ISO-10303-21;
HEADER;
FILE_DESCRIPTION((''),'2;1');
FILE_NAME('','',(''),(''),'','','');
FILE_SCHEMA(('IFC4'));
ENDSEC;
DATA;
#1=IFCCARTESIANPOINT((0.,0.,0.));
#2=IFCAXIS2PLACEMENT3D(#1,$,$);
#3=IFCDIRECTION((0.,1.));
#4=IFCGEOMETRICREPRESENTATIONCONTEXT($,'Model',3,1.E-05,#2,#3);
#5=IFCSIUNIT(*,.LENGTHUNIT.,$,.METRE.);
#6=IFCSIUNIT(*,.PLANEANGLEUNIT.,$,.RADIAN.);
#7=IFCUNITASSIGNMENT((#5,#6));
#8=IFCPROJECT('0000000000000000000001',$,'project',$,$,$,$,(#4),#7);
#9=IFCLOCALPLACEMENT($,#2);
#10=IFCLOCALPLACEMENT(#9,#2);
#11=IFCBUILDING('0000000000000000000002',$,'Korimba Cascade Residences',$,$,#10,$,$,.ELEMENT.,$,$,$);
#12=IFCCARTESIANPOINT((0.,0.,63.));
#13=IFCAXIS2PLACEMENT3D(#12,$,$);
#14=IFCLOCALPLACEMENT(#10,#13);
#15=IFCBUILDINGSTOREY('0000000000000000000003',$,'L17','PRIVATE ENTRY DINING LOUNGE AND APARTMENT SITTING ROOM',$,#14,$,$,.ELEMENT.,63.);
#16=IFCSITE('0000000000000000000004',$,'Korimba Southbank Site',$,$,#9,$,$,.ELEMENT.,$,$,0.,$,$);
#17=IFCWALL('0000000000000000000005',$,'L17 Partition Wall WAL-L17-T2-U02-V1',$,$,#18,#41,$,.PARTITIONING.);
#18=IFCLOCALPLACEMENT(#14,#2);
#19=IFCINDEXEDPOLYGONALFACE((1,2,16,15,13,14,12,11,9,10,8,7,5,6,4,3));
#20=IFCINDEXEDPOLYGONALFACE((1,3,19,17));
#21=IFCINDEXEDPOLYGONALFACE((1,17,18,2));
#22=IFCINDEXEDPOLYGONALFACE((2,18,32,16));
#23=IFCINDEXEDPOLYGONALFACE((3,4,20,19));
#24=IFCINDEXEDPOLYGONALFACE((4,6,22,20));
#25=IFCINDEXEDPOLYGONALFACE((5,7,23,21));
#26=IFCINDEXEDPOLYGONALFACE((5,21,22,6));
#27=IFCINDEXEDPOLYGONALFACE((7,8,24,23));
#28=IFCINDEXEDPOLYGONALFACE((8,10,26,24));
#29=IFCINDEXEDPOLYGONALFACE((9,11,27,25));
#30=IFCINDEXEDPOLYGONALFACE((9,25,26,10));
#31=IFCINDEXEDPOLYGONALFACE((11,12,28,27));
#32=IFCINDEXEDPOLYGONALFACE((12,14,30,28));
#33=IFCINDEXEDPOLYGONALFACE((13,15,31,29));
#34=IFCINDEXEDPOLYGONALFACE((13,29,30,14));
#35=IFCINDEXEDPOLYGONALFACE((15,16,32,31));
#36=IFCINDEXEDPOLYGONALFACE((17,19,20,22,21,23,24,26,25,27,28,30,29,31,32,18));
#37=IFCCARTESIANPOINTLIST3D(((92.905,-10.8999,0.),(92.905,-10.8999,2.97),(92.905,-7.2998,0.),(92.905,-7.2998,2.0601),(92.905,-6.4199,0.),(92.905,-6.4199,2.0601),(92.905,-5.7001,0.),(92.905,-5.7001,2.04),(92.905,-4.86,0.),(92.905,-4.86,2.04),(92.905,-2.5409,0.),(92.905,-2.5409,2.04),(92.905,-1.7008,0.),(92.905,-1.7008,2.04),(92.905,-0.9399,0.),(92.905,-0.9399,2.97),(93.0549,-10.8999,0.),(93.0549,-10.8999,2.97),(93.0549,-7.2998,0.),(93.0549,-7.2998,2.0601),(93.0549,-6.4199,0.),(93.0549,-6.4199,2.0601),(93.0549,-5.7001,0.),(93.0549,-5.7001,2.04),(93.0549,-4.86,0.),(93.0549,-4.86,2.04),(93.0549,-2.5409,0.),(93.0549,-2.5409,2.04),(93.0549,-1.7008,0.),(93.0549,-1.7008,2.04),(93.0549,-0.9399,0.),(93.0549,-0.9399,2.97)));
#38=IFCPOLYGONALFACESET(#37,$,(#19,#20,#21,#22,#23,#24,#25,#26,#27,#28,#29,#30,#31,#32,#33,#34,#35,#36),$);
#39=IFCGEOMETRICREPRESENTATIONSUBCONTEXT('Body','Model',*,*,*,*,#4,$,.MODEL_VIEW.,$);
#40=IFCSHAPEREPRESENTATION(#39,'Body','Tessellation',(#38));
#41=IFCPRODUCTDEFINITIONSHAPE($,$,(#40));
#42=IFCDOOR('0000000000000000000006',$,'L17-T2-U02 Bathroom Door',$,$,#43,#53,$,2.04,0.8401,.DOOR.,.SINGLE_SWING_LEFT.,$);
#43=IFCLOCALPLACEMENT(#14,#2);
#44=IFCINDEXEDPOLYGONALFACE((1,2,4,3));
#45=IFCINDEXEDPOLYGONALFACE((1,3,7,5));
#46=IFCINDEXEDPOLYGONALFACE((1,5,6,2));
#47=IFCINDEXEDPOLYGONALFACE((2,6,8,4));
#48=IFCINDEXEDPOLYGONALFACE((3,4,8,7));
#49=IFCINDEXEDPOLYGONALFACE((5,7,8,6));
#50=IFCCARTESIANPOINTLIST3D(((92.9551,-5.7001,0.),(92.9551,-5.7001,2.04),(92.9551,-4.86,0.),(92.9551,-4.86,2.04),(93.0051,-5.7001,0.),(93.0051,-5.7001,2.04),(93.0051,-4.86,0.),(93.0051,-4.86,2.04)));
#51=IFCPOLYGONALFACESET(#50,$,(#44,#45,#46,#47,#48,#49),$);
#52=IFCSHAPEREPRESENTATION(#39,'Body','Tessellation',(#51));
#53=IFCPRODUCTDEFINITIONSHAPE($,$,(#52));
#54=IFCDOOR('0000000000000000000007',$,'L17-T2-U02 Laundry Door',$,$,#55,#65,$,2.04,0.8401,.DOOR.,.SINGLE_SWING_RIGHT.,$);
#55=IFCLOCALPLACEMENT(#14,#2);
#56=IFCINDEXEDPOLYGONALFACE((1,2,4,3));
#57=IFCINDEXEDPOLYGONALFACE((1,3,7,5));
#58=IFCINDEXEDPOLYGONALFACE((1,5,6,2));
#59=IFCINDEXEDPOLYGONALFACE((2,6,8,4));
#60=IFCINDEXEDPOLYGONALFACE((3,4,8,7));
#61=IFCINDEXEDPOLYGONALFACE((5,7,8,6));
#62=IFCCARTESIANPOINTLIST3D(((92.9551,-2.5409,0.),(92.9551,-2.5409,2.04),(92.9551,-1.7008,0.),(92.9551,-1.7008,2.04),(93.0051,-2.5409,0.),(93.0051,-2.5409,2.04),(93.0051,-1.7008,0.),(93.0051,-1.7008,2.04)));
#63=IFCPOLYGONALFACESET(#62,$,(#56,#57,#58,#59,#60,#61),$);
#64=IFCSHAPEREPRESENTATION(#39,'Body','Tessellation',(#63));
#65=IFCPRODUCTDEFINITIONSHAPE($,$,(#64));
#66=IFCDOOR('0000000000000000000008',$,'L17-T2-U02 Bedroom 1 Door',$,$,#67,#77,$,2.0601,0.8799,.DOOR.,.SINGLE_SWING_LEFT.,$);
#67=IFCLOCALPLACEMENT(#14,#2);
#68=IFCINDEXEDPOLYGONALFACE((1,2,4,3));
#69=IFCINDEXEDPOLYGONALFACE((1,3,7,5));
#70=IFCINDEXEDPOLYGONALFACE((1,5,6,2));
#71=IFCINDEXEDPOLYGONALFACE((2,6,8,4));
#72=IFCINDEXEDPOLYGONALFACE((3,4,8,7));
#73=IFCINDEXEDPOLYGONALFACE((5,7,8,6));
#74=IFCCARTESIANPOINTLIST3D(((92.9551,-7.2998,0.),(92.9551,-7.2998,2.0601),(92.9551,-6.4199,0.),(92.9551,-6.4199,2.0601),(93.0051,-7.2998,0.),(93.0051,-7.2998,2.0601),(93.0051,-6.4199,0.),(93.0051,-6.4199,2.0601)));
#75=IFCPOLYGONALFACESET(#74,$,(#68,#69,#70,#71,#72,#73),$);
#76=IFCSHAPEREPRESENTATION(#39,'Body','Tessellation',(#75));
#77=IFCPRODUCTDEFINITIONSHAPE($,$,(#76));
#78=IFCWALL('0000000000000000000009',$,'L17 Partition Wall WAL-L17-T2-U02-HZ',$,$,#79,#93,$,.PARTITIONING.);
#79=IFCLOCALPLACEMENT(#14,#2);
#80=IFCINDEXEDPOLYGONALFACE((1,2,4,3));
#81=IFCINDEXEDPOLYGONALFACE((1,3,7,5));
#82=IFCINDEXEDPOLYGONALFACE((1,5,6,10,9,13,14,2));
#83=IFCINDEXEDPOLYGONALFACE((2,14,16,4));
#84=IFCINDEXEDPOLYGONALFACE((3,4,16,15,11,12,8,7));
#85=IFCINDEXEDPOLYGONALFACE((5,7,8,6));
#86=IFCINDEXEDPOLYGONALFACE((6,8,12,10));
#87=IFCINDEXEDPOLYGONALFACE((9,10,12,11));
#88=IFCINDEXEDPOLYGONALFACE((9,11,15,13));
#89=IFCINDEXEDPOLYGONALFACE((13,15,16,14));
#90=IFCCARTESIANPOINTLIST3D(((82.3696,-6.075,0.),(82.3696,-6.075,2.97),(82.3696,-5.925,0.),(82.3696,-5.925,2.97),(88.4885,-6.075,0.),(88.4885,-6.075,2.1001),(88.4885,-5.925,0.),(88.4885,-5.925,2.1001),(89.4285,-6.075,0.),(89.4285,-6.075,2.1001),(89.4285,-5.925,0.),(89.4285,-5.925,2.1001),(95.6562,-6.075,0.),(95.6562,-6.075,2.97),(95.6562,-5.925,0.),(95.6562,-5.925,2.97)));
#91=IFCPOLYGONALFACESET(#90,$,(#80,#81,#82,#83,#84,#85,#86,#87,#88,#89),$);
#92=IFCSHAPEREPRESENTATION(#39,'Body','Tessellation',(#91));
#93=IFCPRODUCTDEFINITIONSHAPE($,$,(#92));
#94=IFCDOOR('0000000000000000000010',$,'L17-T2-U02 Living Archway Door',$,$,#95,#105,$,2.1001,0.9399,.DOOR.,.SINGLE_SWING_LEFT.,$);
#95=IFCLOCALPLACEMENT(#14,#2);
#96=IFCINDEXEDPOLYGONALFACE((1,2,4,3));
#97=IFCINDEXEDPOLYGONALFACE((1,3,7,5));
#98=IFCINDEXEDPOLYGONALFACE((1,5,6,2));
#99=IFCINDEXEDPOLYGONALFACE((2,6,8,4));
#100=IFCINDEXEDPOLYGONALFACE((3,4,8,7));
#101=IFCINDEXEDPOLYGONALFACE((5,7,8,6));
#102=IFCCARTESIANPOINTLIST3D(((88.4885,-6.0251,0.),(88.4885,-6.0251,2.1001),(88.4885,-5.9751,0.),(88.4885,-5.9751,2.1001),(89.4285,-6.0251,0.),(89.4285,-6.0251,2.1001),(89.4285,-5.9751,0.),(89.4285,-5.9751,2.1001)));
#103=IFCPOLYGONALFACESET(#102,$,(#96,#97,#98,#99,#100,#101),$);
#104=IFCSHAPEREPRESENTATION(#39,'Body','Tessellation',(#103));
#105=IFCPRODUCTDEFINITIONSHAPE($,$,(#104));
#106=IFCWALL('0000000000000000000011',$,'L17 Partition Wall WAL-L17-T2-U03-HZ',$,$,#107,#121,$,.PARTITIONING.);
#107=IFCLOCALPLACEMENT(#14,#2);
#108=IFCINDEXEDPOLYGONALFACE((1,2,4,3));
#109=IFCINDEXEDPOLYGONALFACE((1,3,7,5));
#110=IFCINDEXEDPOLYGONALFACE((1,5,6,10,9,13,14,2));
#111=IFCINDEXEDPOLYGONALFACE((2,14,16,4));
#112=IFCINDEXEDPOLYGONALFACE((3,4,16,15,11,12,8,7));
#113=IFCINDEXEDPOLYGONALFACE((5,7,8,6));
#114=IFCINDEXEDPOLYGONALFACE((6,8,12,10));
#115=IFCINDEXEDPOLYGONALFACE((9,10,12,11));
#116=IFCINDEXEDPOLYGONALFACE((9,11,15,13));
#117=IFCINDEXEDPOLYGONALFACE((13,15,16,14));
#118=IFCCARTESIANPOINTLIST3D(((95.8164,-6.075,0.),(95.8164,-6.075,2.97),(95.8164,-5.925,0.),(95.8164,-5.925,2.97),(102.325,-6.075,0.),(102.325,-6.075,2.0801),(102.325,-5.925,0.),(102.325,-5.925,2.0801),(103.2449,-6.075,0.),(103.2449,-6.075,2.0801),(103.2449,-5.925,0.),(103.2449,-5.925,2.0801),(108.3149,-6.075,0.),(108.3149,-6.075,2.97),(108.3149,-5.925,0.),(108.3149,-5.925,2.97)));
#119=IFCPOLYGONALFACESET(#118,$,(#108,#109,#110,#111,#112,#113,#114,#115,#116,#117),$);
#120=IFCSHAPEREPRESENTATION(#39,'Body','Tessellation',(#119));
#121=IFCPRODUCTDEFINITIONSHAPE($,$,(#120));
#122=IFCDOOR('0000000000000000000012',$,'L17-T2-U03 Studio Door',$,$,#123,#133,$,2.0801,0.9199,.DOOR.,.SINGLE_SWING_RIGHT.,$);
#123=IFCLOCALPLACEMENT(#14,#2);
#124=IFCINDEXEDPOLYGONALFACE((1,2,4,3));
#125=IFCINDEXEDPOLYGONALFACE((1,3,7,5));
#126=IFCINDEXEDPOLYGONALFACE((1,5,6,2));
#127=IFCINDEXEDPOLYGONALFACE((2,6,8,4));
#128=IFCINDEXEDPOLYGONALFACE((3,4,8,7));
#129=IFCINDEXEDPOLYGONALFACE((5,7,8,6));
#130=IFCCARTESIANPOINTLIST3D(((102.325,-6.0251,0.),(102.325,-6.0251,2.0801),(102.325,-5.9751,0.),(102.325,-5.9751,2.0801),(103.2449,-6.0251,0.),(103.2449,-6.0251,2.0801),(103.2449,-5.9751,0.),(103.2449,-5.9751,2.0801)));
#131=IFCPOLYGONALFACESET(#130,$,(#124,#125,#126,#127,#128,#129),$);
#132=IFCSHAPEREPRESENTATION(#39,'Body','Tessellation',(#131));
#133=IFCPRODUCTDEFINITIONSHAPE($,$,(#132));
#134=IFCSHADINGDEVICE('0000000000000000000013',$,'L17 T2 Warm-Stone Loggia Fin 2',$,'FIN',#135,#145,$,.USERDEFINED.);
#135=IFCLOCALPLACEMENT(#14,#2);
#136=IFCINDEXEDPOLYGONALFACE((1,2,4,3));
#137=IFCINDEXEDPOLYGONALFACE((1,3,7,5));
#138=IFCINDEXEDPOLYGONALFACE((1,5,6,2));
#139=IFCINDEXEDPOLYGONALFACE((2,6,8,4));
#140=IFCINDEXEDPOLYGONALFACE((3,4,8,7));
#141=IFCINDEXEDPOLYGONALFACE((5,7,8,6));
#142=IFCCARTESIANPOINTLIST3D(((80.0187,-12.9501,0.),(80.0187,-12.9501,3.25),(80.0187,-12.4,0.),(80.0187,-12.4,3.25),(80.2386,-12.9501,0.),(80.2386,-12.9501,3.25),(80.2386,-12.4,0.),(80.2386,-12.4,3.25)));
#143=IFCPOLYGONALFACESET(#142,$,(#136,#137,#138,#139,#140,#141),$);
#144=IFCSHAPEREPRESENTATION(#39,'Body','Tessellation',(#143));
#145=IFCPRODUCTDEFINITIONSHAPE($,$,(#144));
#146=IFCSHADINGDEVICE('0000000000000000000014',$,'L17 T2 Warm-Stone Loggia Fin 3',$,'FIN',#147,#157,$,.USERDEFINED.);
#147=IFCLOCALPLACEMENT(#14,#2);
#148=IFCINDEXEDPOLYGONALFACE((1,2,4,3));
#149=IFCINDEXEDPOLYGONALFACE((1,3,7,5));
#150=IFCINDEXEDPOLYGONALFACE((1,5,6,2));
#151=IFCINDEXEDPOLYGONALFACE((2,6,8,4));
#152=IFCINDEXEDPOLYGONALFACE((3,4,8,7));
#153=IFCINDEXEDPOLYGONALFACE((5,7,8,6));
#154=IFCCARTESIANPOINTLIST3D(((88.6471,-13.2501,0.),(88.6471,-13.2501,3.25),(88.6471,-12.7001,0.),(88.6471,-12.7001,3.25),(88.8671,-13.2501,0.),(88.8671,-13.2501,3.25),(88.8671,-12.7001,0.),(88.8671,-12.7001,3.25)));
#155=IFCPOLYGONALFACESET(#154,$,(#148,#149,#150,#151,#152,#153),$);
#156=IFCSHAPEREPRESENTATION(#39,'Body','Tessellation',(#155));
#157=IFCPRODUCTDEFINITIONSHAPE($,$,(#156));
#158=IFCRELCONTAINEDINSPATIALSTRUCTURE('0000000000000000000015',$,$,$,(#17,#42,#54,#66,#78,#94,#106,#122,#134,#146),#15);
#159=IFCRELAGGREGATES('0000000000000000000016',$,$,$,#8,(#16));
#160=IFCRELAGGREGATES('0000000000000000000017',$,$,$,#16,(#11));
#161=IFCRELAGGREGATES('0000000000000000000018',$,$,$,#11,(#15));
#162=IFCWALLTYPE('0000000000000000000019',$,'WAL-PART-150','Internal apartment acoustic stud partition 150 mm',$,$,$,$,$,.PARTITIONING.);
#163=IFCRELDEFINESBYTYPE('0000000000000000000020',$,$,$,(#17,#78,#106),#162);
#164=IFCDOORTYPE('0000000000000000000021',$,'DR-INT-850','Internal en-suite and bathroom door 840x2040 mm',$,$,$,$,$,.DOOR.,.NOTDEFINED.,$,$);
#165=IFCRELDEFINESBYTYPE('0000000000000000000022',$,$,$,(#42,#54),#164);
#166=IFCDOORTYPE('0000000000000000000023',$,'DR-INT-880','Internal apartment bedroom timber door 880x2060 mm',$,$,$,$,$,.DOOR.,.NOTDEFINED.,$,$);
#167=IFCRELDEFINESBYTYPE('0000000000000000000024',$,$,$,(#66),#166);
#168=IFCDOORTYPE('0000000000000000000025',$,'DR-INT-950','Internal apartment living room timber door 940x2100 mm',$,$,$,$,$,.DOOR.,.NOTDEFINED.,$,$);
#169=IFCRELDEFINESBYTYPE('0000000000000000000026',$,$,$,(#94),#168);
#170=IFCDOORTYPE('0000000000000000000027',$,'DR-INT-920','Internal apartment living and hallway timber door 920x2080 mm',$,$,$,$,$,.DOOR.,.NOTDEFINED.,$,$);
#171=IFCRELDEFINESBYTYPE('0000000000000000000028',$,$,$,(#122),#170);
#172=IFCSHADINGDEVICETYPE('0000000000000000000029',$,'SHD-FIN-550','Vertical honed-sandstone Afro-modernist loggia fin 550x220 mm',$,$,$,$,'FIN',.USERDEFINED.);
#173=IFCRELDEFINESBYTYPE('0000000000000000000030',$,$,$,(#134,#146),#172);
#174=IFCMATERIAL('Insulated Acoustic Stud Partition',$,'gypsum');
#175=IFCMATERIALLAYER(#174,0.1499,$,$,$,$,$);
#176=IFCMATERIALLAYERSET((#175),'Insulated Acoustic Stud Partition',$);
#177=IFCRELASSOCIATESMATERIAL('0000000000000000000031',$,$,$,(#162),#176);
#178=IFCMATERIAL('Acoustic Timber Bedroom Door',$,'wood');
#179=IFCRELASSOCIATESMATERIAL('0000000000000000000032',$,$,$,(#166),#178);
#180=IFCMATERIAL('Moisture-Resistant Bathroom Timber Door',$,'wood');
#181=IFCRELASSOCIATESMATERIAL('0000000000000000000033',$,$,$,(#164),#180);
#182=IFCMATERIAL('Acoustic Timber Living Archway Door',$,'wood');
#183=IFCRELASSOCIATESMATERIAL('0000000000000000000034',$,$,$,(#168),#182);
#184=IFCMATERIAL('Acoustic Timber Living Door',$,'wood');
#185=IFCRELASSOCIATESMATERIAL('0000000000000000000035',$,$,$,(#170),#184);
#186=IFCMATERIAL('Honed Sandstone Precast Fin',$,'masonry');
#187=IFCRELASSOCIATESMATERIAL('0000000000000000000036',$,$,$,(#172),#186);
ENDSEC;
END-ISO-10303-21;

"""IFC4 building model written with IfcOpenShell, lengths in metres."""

from ifc_helpers import new_model, si_unit, direction, frame, frame_2d, origin, origin_2d, place, context, subcontext, project, spatial, rectangle, extrude, material, layer, layer_set, type_object, element, fill, save


model = new_model("IFC4")

# Units and contexts
model_context = context("Model", 3, precision=1e-05, world=origin(), true_north=direction((0.0, 1.0)))
body_context = subcontext(model_context, "Body", "Model", "MODEL_VIEW")
ifc_project = project(units=[si_unit("LENGTHUNIT", "METRE"), si_unit("PLANEANGLEUNIT", "RADIAN")], contexts=[model_context])

# Site, building, storey
site_placement = place(None, origin())
site = spatial("IfcSite", under=ifc_project, at=site_placement, Name="Korimba Southbank Site", CompositionType="ELEMENT", RefElevation=0.0)
building_placement = place(site_placement, origin())
building = spatial("IfcBuilding", under=site, at=building_placement, Name="Korimba Cascade Residences", CompositionType="ELEMENT")
storey_placement = place(building_placement, frame((0.0, 0.0, 63.0)))
storey = spatial("IfcBuildingStorey", under=building, at=storey_placement, Name="L17", Description="PRIVATE ENTRY DINING LOUNGE AND APARTMENT SITTING ROOM", CompositionType="ELEMENT", Elevation=63.0)

# Shared definitions
ifc_material_1 = material(Name="Insulated Acoustic Stud Partition", Category="gypsum")
ifc_layer_1 = layer(ifc_material_1, 0.1499)
ifc_layer_set_1 = layer_set([ifc_layer_1], Name="Insulated Acoustic Stud Partition")
wall_type_1 = type_object("IfcWallType", Name="WAL-PART-150", Description="Internal apartment acoustic stud partition 150 mm", PredefinedType="PARTITIONING", material=ifc_layer_set_1)
ifc_material_2 = material(Name="Acoustic Timber Bedroom Door", Category="wood")
door_type_1 = type_object("IfcDoorType", Name="DR-INT-880", Description="Internal apartment bedroom timber door 880x2060 mm", OperationType="NOTDEFINED", PredefinedType="DOOR", material=ifc_material_2)

# Wall, openings, doors
wall_1_placement = place(storey_placement, frame((92.98, -10.8999, 0.0), z_axis=(0.0, 0.0, 1.0), x_axis=(0.0, 1.0, 0.0)))
wall_1 = element("IfcWall", 1, at=wall_1_placement, inside=storey, type_object=wall_type_1, Name="L17 Partition Wall WAL-L17-T2-U02-V1", PredefinedType="PARTITIONING", context=body_context, shape_type="SweptSolid", body=[
    extrude(rectangle(XDim=9.96, YDim=0.1499, at=frame_2d((4.98, 0.0))), origin(), (0.0, 0.0, 1.0), 2.97),
])
opening_1_placement = place(wall_1_placement, frame((5.2, 0.0, 0.0)))
opening_1 = element("IfcOpeningElement", 2, at=opening_1_placement, cuts=wall_1, PredefinedType="OPENING", context=body_context, shape_type="SweptSolid", body=[
    extrude(rectangle(XDim=0.8401, YDim=2.04, at=frame_2d((0.4199, 1.02))), frame((0.0, 0.085, 0.0), z_axis=(0.0, -1.0, 0.0), x_axis=(1.0, 0.0, 0.0)), (0.0, 0.0, 1.0), 0.1699),
])
opening_2_placement = place(wall_1_placement, frame((8.3591, 0.0, 0.0)))
opening_2 = element("IfcOpeningElement", 3, at=opening_2_placement, cuts=wall_1, PredefinedType="OPENING", context=body_context, shape_type="SweptSolid", body=[
    extrude(rectangle(XDim=0.8401, YDim=2.04, at=frame_2d((0.4199, 1.02))), frame((0.0, 0.085, 0.0), z_axis=(0.0, -1.0, 0.0), x_axis=(1.0, 0.0, 0.0)), (0.0, 0.0, 1.0), 0.1699),
])
opening_3_placement = place(wall_1_placement, frame((3.6001, 0.0, 0.0)))
opening_3 = element("IfcOpeningElement", 4, at=opening_3_placement, cuts=wall_1, PredefinedType="OPENING", context=body_context, shape_type="SweptSolid", body=[
    extrude(rectangle(XDim=0.8799, YDim=2.0601, at=frame_2d((0.4399, 1.03))), frame((0.0, 0.085, 0.0), z_axis=(0.0, -1.0, 0.0), x_axis=(1.0, 0.0, 0.0)), (0.0, 0.0, 1.0), 0.1699),
])
ifc_material_3 = material(Name="Moisture-Resistant Bathroom Timber Door", Category="wood")
door_type_2 = type_object("IfcDoorType", Name="DR-INT-850", Description="Internal en-suite and bathroom door 840x2040 mm", OperationType="NOTDEFINED", PredefinedType="DOOR", material=ifc_material_3)
door_1_placement = place(opening_1_placement, origin())
door_1 = element("IfcDoor", 5, at=door_1_placement, inside=storey, type_object=door_type_2, Name="L17-T2-U02 Bathroom Door", OperationType="SINGLE_SWING_LEFT", OverallHeight=2.04, OverallWidth=0.8401, PredefinedType="DOOR", context=body_context, shape_type="SweptSolid", body=[
    extrude(rectangle(XDim=0.8401, YDim=2.04, at=frame_2d((0.4199, 1.02))), frame((0.0, 0.0249, 0.0), z_axis=(0.0, -1.0, 0.0), x_axis=(1.0, 0.0, 0.0)), (0.0, 0.0, 1.0), 0.05),
])
fill(opening_1, door_1)
door_2_placement = place(opening_2_placement, origin())
door_2 = element("IfcDoor", 6, at=door_2_placement, inside=storey, type_object=door_type_2, Name="L17-T2-U02 Laundry Door", OperationType="SINGLE_SWING_RIGHT", OverallHeight=2.04, OverallWidth=0.8401, PredefinedType="DOOR", context=body_context, shape_type="SweptSolid", body=[
    extrude(rectangle(XDim=0.8401, YDim=2.04, at=frame_2d((0.4199, 1.02))), frame((0.0, 0.0249, 0.0), z_axis=(0.0, -1.0, 0.0), x_axis=(1.0, 0.0, 0.0)), (0.0, 0.0, 1.0), 0.05),
])
fill(opening_2, door_2)
door_3_placement = place(opening_3_placement, origin())
door_3 = element("IfcDoor", 7, at=door_3_placement, inside=storey, type_object=door_type_1, Name="L17-T2-U02 Bedroom 1 Door", OperationType="SINGLE_SWING_LEFT", OverallHeight=2.0601, OverallWidth=0.8799, PredefinedType="DOOR", context=body_context, shape_type="SweptSolid", body=[
    extrude(rectangle(XDim=0.8799, YDim=2.0601, at=frame_2d((0.4399, 1.03))), frame((0.0, 0.0249, 0.0), z_axis=(0.0, -1.0, 0.0), x_axis=(1.0, 0.0, 0.0)), (0.0, 0.0, 1.0), 0.05),
])
fill(opening_3, door_3)

# Walls, openings, doors
wall_2_placement = place(storey_placement, frame((82.3696, -6.0, 0.0), z_axis=(0.0, 0.0, 1.0), x_axis=(1.0, 0.0, 0.0)))
wall_2 = element("IfcWall", 8, at=wall_2_placement, inside=storey, type_object=wall_type_1, Name="L17 Partition Wall WAL-L17-T2-U02-HZ", PredefinedType="PARTITIONING", context=body_context, shape_type="SweptSolid", body=[
    extrude(rectangle(XDim=13.2866, YDim=0.1499, at=frame_2d((6.6433, 0.0))), origin(), (0.0, 0.0, 1.0), 2.97),
])
opening_4_placement = place(wall_2_placement, frame((6.1189, 0.0, 0.0)))
opening_4 = element("IfcOpeningElement", 9, at=opening_4_placement, cuts=wall_2, PredefinedType="OPENING", context=body_context, shape_type="SweptSolid", body=[
    extrude(rectangle(XDim=0.9399, YDim=2.1001, at=frame_2d((0.47, 1.05))), frame((0.0, 0.085, 0.0), z_axis=(0.0, -1.0, 0.0), x_axis=(1.0, 0.0, 0.0)), (0.0, 0.0, 1.0), 0.1699),
])
ifc_material_4 = material(Name="Acoustic Timber Living Archway Door", Category="wood")
door_type_3 = type_object("IfcDoorType", Name="DR-INT-950", Description="Internal apartment living room timber door 940x2100 mm", OperationType="NOTDEFINED", PredefinedType="DOOR", material=ifc_material_4)
door_4_placement = place(opening_4_placement, origin())
door_4 = element("IfcDoor", 10, at=door_4_placement, inside=storey, type_object=door_type_3, Name="L17-T2-U02 Living Archway Door", OperationType="SINGLE_SWING_LEFT", OverallHeight=2.1001, OverallWidth=0.9399, PredefinedType="DOOR", context=body_context, shape_type="SweptSolid", body=[
    extrude(rectangle(XDim=0.9399, YDim=2.1001, at=frame_2d((0.47, 1.05))), frame((0.0, 0.0249, 0.0), z_axis=(0.0, -1.0, 0.0), x_axis=(1.0, 0.0, 0.0)), (0.0, 0.0, 1.0), 0.05),
])
fill(opening_4, door_4)
wall_3_placement = place(storey_placement, frame((95.8164, -6.0, 0.0), z_axis=(0.0, 0.0, 1.0), x_axis=(1.0, 0.0, 0.0)))
wall_3 = element("IfcWall", 11, at=wall_3_placement, inside=storey, type_object=wall_type_1, Name="L17 Partition Wall WAL-L17-T2-U03-HZ", PredefinedType="PARTITIONING", context=body_context, shape_type="SweptSolid", body=[
    extrude(rectangle(XDim=12.4985, YDim=0.1499, at=frame_2d((6.2493, 0.0))), origin(), (0.0, 0.0, 1.0), 2.97),
])
opening_5_placement = place(wall_3_placement, frame((6.5085, 0.0, 0.0)))
opening_5 = element("IfcOpeningElement", 12, at=opening_5_placement, cuts=wall_3, PredefinedType="OPENING", context=body_context, shape_type="SweptSolid", body=[
    extrude(rectangle(XDim=0.9199, YDim=2.0801, at=frame_2d((0.46, 1.04))), frame((0.0, 0.085, 0.0), z_axis=(0.0, -1.0, 0.0), x_axis=(1.0, 0.0, 0.0)), (0.0, 0.0, 1.0), 0.1699),
])
ifc_material_5 = material(Name="Acoustic Timber Living Door", Category="wood")
door_type_4 = type_object("IfcDoorType", Name="DR-INT-920", Description="Internal apartment living and hallway timber door 920x2080 mm", OperationType="NOTDEFINED", PredefinedType="DOOR", material=ifc_material_5)
door_5_placement = place(opening_5_placement, origin())
door_5 = element("IfcDoor", 13, at=door_5_placement, inside=storey, type_object=door_type_4, Name="L17-T2-U03 Studio Door", OperationType="SINGLE_SWING_RIGHT", OverallHeight=2.0801, OverallWidth=0.9199, PredefinedType="DOOR", context=body_context, shape_type="SweptSolid", body=[
    extrude(rectangle(XDim=0.9199, YDim=2.0801, at=frame_2d((0.46, 1.04))), frame((0.0, 0.0249, 0.0), z_axis=(0.0, -1.0, 0.0), x_axis=(1.0, 0.0, 0.0)), (0.0, 0.0, 1.0), 0.05),
])
fill(opening_5, door_5)

# Shading devices
ifc_material_6 = material(Name="Honed Sandstone Precast Fin", Category="masonry")
shading_device_type = type_object("IfcShadingDeviceType", Name="SHD-FIN-550", Description="Vertical honed-sandstone Afro-modernist loggia fin 550x220 mm", ElementType="FIN", PredefinedType="USERDEFINED", material=ifc_material_6)
for number, where, z_axis, x_axis, name in (
    (14, (80.1287, -12.675, 0.0), (0.0, 0.0, 1.0), (1.0, 0.0, 0.0), "L17 T2 Warm-Stone Loggia Fin 2"),
    (15, (88.7571, -12.9751, 0.0), (0.0, 0.0, 1.0), (1.0, 0.0, 0.0), "L17 T2 Warm-Stone Loggia Fin 3"),
):
    element("IfcShadingDevice", number, at=place(storey_placement, frame(where, z_axis=z_axis, x_axis=x_axis)), inside=storey, type_object=shading_device_type, Name=name, ObjectType="FIN", PredefinedType="USERDEFINED", context=body_context, shape_type="SweptSolid", body=[
        extrude(rectangle(XDim=0.22, YDim=0.55, at=origin_2d()), origin(), (0.0, 0.0, 1.0), 3.25),
    ])

save(model, "model.ifc")
